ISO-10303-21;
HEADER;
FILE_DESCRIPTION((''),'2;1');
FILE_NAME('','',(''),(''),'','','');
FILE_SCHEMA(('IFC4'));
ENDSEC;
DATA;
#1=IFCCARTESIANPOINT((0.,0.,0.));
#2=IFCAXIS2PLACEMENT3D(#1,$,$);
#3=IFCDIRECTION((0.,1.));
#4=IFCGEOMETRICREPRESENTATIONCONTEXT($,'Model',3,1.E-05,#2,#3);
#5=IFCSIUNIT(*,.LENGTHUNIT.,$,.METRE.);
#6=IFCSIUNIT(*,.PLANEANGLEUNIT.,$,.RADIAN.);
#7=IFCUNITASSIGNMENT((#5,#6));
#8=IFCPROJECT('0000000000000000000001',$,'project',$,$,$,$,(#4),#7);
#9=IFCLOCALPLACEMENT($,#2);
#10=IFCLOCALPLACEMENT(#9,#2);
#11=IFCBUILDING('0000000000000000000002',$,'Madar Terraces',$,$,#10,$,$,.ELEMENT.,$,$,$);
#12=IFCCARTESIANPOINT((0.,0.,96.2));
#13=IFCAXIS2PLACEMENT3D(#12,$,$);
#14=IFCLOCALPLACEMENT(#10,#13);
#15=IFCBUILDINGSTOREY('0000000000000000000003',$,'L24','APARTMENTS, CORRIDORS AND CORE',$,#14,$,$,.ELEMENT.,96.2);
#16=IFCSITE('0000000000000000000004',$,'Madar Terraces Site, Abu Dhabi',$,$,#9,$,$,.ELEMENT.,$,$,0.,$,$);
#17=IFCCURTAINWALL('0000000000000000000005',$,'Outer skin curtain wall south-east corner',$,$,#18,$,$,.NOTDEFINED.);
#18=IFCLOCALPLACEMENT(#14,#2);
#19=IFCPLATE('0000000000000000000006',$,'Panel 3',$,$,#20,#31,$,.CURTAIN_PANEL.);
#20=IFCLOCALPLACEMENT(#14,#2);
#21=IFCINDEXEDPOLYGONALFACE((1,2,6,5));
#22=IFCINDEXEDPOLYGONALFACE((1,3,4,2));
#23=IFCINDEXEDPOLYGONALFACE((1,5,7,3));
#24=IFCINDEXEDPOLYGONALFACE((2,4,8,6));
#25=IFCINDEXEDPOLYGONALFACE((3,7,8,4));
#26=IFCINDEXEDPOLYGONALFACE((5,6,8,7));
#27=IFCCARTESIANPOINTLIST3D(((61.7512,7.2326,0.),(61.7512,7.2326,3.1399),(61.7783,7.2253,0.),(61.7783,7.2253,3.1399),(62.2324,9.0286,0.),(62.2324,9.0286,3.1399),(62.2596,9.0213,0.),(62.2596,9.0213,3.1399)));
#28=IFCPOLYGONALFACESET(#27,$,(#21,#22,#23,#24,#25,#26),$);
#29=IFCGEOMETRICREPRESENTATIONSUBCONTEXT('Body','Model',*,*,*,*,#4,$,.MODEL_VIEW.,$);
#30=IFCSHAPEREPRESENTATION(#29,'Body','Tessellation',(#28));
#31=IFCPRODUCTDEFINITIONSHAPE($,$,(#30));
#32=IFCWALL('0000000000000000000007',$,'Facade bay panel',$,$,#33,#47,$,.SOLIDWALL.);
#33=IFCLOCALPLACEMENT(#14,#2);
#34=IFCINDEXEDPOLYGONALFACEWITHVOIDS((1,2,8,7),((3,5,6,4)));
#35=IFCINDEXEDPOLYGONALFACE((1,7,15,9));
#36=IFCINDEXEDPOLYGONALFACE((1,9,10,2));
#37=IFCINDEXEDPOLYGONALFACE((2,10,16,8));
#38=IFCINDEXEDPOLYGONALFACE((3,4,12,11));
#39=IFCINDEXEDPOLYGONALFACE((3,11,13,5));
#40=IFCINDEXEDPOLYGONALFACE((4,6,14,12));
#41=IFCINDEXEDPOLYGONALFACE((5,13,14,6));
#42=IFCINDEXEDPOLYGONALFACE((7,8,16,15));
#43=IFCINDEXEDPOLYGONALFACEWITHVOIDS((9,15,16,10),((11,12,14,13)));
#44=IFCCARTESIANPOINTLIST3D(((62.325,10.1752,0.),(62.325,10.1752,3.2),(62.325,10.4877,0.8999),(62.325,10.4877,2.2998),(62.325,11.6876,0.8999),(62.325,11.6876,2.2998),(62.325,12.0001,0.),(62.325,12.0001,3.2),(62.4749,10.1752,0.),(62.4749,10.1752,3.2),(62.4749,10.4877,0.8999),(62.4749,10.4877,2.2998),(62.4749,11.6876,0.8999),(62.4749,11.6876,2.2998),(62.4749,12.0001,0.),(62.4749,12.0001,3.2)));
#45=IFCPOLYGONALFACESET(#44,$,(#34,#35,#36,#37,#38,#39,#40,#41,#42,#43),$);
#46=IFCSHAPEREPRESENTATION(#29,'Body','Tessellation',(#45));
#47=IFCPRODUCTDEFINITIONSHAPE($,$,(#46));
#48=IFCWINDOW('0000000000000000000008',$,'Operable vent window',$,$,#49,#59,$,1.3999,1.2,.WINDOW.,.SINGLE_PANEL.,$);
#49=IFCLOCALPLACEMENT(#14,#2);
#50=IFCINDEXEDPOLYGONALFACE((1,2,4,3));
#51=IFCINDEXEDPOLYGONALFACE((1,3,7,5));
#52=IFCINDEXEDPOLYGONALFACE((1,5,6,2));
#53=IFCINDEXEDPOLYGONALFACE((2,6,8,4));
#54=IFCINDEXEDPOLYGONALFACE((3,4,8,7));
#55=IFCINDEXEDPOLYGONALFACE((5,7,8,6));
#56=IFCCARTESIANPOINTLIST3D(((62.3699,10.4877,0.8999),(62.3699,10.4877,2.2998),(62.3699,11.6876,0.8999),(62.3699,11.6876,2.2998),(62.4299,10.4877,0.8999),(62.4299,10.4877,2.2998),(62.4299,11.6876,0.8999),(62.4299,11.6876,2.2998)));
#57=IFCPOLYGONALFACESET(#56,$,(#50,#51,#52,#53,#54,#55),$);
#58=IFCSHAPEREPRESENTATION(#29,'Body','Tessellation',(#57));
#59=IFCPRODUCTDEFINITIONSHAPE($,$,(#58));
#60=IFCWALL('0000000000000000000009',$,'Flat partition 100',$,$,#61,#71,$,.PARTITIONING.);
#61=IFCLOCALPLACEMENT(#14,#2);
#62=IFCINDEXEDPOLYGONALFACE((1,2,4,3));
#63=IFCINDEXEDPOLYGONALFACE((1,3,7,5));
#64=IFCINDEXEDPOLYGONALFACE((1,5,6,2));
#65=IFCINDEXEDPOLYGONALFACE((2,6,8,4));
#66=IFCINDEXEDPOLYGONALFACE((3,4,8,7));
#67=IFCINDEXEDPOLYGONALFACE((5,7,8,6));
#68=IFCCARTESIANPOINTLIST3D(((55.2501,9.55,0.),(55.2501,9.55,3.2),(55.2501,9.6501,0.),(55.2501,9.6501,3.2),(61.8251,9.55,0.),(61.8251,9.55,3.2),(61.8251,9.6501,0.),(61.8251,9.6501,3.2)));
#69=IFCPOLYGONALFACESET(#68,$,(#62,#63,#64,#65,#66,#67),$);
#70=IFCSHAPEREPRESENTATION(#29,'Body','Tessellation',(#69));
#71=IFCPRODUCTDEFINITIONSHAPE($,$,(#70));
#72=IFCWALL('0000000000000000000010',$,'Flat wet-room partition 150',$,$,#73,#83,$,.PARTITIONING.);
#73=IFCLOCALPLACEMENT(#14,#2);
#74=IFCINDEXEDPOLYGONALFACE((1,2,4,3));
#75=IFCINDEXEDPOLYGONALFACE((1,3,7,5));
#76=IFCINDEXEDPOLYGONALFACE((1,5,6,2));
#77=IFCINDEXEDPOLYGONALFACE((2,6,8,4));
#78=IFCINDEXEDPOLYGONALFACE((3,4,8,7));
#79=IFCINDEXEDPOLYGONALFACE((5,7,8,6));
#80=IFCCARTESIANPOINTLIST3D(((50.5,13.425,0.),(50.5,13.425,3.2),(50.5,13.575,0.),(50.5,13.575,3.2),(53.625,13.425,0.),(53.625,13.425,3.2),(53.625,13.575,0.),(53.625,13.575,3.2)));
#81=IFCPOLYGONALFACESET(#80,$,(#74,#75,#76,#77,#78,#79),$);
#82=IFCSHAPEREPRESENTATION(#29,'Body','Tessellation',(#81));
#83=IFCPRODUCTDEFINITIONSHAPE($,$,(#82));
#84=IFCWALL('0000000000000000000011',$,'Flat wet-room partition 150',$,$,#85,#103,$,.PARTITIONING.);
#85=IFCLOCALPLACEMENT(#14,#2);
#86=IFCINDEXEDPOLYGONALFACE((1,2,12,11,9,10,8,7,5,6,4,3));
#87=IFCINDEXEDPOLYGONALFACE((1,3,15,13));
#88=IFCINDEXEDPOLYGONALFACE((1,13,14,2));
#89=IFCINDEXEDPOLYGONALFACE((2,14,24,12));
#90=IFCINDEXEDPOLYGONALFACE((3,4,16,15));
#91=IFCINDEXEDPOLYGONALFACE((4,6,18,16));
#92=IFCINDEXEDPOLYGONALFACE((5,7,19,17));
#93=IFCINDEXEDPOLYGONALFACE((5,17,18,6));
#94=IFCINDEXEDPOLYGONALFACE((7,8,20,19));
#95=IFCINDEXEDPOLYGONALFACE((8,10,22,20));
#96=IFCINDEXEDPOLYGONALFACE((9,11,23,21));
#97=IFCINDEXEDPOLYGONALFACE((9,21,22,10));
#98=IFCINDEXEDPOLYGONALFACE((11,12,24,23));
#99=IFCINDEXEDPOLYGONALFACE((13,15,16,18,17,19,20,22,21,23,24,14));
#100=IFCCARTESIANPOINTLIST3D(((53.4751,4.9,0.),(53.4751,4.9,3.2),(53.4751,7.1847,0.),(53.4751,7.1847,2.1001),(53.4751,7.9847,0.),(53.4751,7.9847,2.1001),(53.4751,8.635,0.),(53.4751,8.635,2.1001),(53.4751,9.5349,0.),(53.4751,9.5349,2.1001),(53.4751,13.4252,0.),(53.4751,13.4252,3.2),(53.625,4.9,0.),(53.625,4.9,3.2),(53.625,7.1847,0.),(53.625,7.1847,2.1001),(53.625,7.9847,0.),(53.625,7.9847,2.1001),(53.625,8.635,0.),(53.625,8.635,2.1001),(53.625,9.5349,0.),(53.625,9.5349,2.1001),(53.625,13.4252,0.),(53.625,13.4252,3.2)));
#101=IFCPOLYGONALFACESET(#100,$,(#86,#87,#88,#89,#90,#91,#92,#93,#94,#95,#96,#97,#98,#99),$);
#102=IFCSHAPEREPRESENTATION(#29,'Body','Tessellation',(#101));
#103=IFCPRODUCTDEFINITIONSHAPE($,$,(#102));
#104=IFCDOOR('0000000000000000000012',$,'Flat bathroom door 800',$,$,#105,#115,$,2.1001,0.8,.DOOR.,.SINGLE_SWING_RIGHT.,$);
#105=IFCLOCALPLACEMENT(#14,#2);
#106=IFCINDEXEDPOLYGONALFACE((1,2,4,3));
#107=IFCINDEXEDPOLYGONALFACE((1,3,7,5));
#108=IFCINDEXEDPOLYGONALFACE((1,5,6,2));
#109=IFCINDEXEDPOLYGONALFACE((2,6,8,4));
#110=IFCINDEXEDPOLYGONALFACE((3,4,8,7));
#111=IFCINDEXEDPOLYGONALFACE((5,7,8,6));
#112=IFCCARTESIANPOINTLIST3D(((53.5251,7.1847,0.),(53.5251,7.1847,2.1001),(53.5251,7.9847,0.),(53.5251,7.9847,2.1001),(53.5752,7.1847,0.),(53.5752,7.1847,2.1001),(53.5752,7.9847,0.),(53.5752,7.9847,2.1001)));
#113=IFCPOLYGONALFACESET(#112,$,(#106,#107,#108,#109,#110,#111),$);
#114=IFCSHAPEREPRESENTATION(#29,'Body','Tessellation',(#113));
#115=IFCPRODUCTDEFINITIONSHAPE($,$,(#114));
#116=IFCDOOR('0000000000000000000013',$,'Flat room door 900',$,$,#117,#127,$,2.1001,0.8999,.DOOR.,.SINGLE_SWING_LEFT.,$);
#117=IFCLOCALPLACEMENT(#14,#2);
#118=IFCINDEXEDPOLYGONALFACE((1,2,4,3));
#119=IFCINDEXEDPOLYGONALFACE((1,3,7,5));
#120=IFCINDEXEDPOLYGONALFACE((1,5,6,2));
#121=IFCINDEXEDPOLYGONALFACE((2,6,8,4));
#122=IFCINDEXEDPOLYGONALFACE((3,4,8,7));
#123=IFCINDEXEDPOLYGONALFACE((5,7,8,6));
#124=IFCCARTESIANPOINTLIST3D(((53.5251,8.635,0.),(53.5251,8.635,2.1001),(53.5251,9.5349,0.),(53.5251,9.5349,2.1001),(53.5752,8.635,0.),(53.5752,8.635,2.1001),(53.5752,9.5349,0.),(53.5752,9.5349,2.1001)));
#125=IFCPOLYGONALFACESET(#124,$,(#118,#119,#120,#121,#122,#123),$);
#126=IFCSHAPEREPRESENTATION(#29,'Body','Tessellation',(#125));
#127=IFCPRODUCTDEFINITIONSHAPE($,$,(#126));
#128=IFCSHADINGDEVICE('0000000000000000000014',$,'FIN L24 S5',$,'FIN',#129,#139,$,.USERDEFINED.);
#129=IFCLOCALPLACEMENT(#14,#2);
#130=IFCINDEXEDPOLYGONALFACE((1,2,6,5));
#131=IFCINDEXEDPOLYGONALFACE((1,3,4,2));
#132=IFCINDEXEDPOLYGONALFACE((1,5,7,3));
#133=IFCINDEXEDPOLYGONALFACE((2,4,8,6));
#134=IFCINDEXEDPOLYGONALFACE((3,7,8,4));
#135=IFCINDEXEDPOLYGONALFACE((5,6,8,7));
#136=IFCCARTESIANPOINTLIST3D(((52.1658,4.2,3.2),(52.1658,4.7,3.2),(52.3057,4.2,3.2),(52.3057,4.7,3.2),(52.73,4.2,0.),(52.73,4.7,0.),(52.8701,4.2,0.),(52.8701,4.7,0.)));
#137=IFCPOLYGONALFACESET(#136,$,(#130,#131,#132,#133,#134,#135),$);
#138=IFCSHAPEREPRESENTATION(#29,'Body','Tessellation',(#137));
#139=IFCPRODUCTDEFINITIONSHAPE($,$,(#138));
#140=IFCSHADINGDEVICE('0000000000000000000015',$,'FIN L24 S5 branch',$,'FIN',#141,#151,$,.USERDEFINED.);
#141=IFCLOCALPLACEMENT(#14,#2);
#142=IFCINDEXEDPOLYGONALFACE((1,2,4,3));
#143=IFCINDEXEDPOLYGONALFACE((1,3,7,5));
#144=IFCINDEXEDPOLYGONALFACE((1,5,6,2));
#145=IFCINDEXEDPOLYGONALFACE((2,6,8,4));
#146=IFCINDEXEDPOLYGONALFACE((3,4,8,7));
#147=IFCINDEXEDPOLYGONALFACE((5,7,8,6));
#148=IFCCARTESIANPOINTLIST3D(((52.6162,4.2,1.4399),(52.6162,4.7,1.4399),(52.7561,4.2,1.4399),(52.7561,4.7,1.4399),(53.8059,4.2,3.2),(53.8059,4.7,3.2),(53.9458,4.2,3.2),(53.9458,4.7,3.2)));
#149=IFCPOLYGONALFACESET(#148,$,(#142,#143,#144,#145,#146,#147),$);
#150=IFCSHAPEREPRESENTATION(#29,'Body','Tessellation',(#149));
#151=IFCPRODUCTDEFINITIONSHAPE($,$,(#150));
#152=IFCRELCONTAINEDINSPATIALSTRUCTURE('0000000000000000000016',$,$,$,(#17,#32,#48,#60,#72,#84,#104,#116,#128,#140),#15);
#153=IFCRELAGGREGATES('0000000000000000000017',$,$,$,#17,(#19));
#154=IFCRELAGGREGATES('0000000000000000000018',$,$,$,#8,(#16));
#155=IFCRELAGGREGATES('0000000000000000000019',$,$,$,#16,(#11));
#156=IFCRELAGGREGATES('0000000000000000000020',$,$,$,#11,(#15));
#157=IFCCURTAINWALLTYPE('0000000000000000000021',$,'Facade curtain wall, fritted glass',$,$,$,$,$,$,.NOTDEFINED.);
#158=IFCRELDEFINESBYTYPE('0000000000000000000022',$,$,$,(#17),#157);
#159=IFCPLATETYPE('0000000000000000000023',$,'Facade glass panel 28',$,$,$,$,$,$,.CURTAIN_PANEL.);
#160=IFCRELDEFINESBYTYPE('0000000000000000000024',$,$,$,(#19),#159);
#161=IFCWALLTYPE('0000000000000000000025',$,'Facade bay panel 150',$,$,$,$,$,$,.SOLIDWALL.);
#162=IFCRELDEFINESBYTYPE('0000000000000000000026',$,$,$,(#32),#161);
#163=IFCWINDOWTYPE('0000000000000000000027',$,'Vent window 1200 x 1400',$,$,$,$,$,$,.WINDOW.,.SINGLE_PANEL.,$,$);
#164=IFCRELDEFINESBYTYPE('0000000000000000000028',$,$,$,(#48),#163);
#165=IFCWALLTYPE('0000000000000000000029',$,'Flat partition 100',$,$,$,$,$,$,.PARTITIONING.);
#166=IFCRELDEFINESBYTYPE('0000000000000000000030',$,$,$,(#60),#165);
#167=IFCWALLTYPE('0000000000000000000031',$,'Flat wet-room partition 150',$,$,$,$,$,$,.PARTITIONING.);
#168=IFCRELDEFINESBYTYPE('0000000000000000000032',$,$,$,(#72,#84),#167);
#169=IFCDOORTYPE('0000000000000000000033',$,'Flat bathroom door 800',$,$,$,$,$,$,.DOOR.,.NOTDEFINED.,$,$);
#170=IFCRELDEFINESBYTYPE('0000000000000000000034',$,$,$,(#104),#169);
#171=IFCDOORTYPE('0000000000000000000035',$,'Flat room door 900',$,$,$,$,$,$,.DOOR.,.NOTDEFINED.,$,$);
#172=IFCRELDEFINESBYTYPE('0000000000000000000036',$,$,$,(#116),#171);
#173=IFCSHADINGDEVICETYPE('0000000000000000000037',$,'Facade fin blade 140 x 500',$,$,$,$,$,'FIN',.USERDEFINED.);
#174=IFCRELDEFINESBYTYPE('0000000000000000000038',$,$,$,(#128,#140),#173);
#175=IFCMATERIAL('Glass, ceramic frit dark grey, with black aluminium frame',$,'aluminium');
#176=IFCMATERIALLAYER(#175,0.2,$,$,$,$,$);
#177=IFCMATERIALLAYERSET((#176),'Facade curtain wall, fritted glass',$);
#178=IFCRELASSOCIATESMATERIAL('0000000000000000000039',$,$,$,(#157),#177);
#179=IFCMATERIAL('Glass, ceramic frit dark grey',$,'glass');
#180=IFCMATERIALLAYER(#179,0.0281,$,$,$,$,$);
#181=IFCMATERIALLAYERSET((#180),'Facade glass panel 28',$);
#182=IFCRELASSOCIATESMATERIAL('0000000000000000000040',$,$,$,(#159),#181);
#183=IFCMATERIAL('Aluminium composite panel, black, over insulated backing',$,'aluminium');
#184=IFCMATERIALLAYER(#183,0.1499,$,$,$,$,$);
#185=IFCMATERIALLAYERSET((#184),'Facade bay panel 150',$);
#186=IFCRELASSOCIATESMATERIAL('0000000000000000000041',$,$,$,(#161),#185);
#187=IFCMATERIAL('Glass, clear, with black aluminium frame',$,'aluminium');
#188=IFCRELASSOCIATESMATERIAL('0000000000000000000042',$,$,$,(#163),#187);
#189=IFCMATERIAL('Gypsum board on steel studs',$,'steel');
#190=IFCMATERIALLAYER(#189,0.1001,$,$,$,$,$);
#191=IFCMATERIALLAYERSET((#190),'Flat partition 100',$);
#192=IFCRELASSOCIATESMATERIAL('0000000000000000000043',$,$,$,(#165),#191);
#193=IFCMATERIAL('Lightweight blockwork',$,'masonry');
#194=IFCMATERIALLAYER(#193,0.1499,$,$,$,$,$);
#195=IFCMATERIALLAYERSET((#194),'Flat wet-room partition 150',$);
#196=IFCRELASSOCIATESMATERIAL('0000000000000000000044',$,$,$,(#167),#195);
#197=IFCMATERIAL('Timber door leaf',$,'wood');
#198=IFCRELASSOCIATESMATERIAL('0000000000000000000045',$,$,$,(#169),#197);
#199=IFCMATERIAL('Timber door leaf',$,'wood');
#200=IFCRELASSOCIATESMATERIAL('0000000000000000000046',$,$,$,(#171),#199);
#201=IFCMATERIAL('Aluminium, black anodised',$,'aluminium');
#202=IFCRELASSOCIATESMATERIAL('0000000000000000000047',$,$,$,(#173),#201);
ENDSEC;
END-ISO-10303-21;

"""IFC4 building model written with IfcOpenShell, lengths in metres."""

from ifc_helpers import new_model, si_unit, direction, frame, frame_2d, origin, origin_2d, place, context, subcontext, project, spatial, polyline, rectangle, outline, extrude, material, layer, layer_set, type_object, element, fill, aggregate, save


model = new_model("IFC4")

# Units and contexts
model_context = context("Model", 3, precision=1e-05, world=origin(), true_north=direction((0.0, 1.0)))
body_context = subcontext(model_context, "Body", "Model", "MODEL_VIEW")
ifc_project = project(units=[si_unit("LENGTHUNIT", "METRE"), si_unit("PLANEANGLEUNIT", "RADIAN")], contexts=[model_context])

# Site, building, storey
site_placement = place(None, origin())
site = spatial("IfcSite", under=ifc_project, at=site_placement, Name="Madar Terraces Site, Abu Dhabi", CompositionType="ELEMENT", RefElevation=0.0)
building_placement = place(site_placement, origin())
building = spatial("IfcBuilding", under=site, at=building_placement, Name="Madar Terraces", CompositionType="ELEMENT")
storey_placement = place(building_placement, frame((0.0, 0.0, 96.2)))
storey = spatial("IfcBuildingStorey", under=building, at=storey_placement, Name="L24", Description="APARTMENTS, CORRIDORS AND CORE", CompositionType="ELEMENT", Elevation=96.2)

# Shared definitions
ifc_material_1 = material(Name="Glass, ceramic frit dark grey, with black aluminium frame", Category="aluminium")
ifc_layer_1 = layer(ifc_material_1, 0.2)
ifc_layer_set_1 = layer_set([ifc_layer_1], Name="Facade curtain wall, fritted glass")
curtain_wall_type = type_object("IfcCurtainWallType", Name="Facade curtain wall, fritted glass", PredefinedType="NOTDEFINED", material=ifc_layer_set_1)

# Curtain wall
curtain_wall_1_placement = place(storey_placement, origin())
curtain_wall_1 = element("IfcCurtainWall", 1, at=curtain_wall_1_placement, inside=storey, type_object=curtain_wall_type, Name="Outer skin curtain wall south-east corner", PredefinedType="NOTDEFINED")

# Plate
ifc_material_2 = material(Name="Glass, ceramic frit dark grey", Category="glass")
ifc_layer_2 = layer(ifc_material_2, 0.0281)
ifc_layer_set_2 = layer_set([ifc_layer_2], Name="Facade glass panel 28")
plate_type = type_object("IfcPlateType", Name="Facade glass panel 28", PredefinedType="CURTAIN_PANEL", material=ifc_layer_set_2)
plate_1_placement = place(storey_placement, frame((62.0054, 8.127, 0.0), z_axis=(0.0, 0.0, 1.0), x_axis=(0.258819, 0.965926, 0.0)))
plate_1 = element("IfcPlate", 2, at=plate_1_placement, type_object=plate_type, Name="Panel 3", PredefinedType="CURTAIN_PANEL", context=body_context, shape_type="SweptSolid", body=[
    extrude(rectangle(XDim=1.8594, YDim=0.0281, at=origin_2d()), origin(), (0.0, 0.0, 1.0), 3.1399),
])
aggregate(curtain_wall_1, [plate_1])

# Wall, opening, window
ifc_material_3 = material(Name="Aluminium composite panel, black, over insulated backing", Category="aluminium")
ifc_layer_3 = layer(ifc_material_3, 0.1499)
ifc_layer_set_3 = layer_set([ifc_layer_3], Name="Facade bay panel 150")
wall_type_1 = type_object("IfcWallType", Name="Facade bay panel 150", PredefinedType="SOLIDWALL", material=ifc_layer_set_3)
wall_1_placement = place(storey_placement, frame((62.3999, 10.175, 0.0), z_axis=(0.0, 0.0, 1.0), x_axis=(0.0, 1.0, 0.0)))
wall_1 = element("IfcWall", 3, at=wall_1_placement, inside=storey, type_object=wall_type_1, Name="Facade bay panel", PredefinedType="SOLIDWALL", context=body_context, shape_type="SweptSolid", body=[
    extrude(rectangle(XDim=1.825, YDim=0.1499, at=frame_2d((0.9126, 0.0))), origin(), (0.0, 0.0, 1.0), 3.2),
])
opening_1_placement = place(wall_1_placement, frame((0.3125, 0.0, 0.8999)))
opening_1 = element("IfcOpeningElement", 4, at=opening_1_placement, cuts=wall_1, PredefinedType="OPENING", context=body_context, shape_type="SweptSolid", body=[
    extrude(rectangle(XDim=1.2, YDim=1.3999, at=frame_2d((0.6001, 0.7))), frame((0.0, 0.085, 0.0), z_axis=(0.0, -1.0, 0.0), x_axis=(1.0, 0.0, 0.0)), (0.0, 0.0, 1.0), 0.1699),
])
ifc_material_4 = material(Name="Glass, clear, with black aluminium frame", Category="aluminium")
window_type = type_object("IfcWindowType", Name="Vent window 1200 x 1400", PartitioningType="SINGLE_PANEL", PredefinedType="WINDOW", material=ifc_material_4)
window_placement = place(opening_1_placement, origin())
window = element("IfcWindow", 5, at=window_placement, inside=storey, type_object=window_type, Name="Operable vent window", OverallHeight=1.3999, OverallWidth=1.2, PartitioningType="SINGLE_PANEL", PredefinedType="WINDOW", context=body_context, shape_type="SweptSolid", body=[
    extrude(rectangle(XDim=1.2, YDim=1.3999, at=frame_2d((0.6001, 0.7))), frame((0.0, 0.03, 0.0), z_axis=(0.0, -1.0, 0.0), x_axis=(1.0, 0.0, 0.0)), (0.0, 0.0, 1.0), 0.0601),
])
fill(opening_1, window)

# Walls
ifc_material_5 = material(Name="Gypsum board on steel studs", Category="steel")
ifc_layer_4 = layer(ifc_material_5, 0.1001)
ifc_layer_set_4 = layer_set([ifc_layer_4], Name="Flat partition 100")
wall_type_2 = type_object("IfcWallType", Name="Flat partition 100", PredefinedType="PARTITIONING", material=ifc_layer_set_4)
wall_2_placement = place(storey_placement, frame((55.25, 9.6001, 0.0), z_axis=(0.0, 0.0, 1.0), x_axis=(1.0, 0.0, 0.0)))
element("IfcWall", 6, at=wall_2_placement, inside=storey, type_object=wall_type_2, Name="Flat partition 100", PredefinedType="PARTITIONING", context=body_context, shape_type="SweptSolid", body=[
    extrude(rectangle(XDim=6.575, YDim=0.1001, at=frame_2d((3.2876, 0.0))), origin(), (0.0, 0.0, 1.0), 3.2),
])
ifc_material_6 = material(Name="Lightweight blockwork", Category="masonry")
ifc_layer_5 = layer(ifc_material_6, 0.1499)
ifc_layer_set_5 = layer_set([ifc_layer_5], Name="Flat wet-room partition 150")
wall_type_3 = type_object("IfcWallType", Name="Flat wet-room partition 150", PredefinedType="PARTITIONING", material=ifc_layer_set_5)
wall_3_placement = place(storey_placement, frame((50.5, 13.5, 0.0), z_axis=(0.0, 0.0, 1.0), x_axis=(1.0, 0.0, 0.0)))
element("IfcWall", 7, at=wall_3_placement, inside=storey, type_object=wall_type_3, Name="Flat wet-room partition 150", PredefinedType="PARTITIONING", context=body_context, shape_type="SweptSolid", body=[
    extrude(rectangle(XDim=3.125, YDim=0.1499, at=frame_2d((1.5625, 0.0))), origin(), (0.0, 0.0, 1.0), 3.2),
])

# Wall, openings, doors
wall_4_placement = place(storey_placement, frame((53.55, 4.8999, 0.0), z_axis=(0.0, 0.0, 1.0), x_axis=(0.0, 1.0, 0.0)))
wall_4 = element("IfcWall", 8, at=wall_4_placement, inside=storey, type_object=wall_type_3, Name="Flat wet-room partition 150", PredefinedType="PARTITIONING", context=body_context, shape_type="SweptSolid", body=[
    extrude(rectangle(XDim=8.5251, YDim=0.1499, at=frame_2d((4.2627, 0.0))), origin(), (0.0, 0.0, 1.0), 3.2),
])
opening_2_placement = place(wall_4_placement, frame((3.7351, 0.0, 0.0)))
opening_2 = element("IfcOpeningElement", 9, at=opening_2_placement, cuts=wall_4, PredefinedType="OPENING", context=body_context, shape_type="SweptSolid", body=[
    extrude(rectangle(XDim=0.8999, YDim=2.1001, at=frame_2d((0.45, 1.05))), frame((0.0, 0.085, 0.0), z_axis=(0.0, -1.0, 0.0), x_axis=(1.0, 0.0, 0.0)), (0.0, 0.0, 1.0), 0.1699),
])
opening_3_placement = place(wall_4_placement, frame((2.2849, 0.0, 0.0)))
opening_3 = element("IfcOpeningElement", 10, at=opening_3_placement, cuts=wall_4, PredefinedType="OPENING", context=body_context, shape_type="SweptSolid", body=[
    extrude(rectangle(XDim=0.8, YDim=2.1001, at=frame_2d((0.3999, 1.05))), frame((0.0, 0.085, 0.0), z_axis=(0.0, -1.0, 0.0), x_axis=(1.0, 0.0, 0.0)), (0.0, 0.0, 1.0), 0.1699),
])
ifc_material_7 = material(Name="Timber door leaf", Category="wood")
door_type_1 = type_object("IfcDoorType", Name="Flat bathroom door 800", OperationType="NOTDEFINED", PredefinedType="DOOR", material=ifc_material_7)
door_1_placement = place(opening_3_placement, origin())
door_1 = element("IfcDoor", 11, at=door_1_placement, inside=storey, type_object=door_type_1, Name="Flat bathroom door 800", OperationType="SINGLE_SWING_RIGHT", OverallHeight=2.1001, OverallWidth=0.8, PredefinedType="DOOR", context=body_context, shape_type="SweptSolid", body=[
    extrude(rectangle(XDim=0.8, YDim=2.1001, at=frame_2d((0.3999, 1.05))), frame((0.0, 0.0249, 0.0), z_axis=(0.0, -1.0, 0.0), x_axis=(1.0, 0.0, 0.0)), (0.0, 0.0, 1.0), 0.05),
])
fill(opening_3, door_1)
ifc_material_8 = material(Name="Timber door leaf", Category="wood")
door_type_2 = type_object("IfcDoorType", Name="Flat room door 900", OperationType="NOTDEFINED", PredefinedType="DOOR", material=ifc_material_8)
door_2_placement = place(opening_2_placement, origin())
door_2 = element("IfcDoor", 12, at=door_2_placement, inside=storey, type_object=door_type_2, Name="Flat room door 900", OperationType="SINGLE_SWING_LEFT", OverallHeight=2.1001, OverallWidth=0.8999, PredefinedType="DOOR", context=body_context, shape_type="SweptSolid", body=[
    extrude(rectangle(XDim=0.8999, YDim=2.1001, at=frame_2d((0.45, 1.05))), frame((0.0, 0.0249, 0.0), z_axis=(0.0, -1.0, 0.0), x_axis=(1.0, 0.0, 0.0)), (0.0, 0.0, 1.0), 0.05),
])
fill(opening_2, door_2)

# Shading devices
ifc_material_9 = material(Name="Aluminium, black anodised", Category="aluminium")
shading_device_type = type_object("IfcShadingDeviceType", Name="Facade fin blade 140 x 500", ElementType="FIN", PredefinedType="USERDEFINED", material=ifc_material_9)
shading_device_1_placement = place(storey_placement, frame((52.73, 4.45, 0.0), z_axis=(0.0, 0.0, 1.0), x_axis=(1.0, 0.0, 0.0)))
element("IfcShadingDevice", 13, at=shading_device_1_placement, inside=storey, type_object=shading_device_type, Name="FIN L24 S5", ObjectType="FIN", PredefinedType="USERDEFINED", context=body_context, shape_type="SweptSolid", body=[
    extrude(outline(polyline([(0.0, 0.0), (0.1401, 0.0), (-0.4243, 3.2), (-0.5642, 3.2), (0.0, 0.0)])), frame((0.0, 0.25, 0.0), z_axis=(0.0, -1.0, 0.0), x_axis=(1.0, 0.0, 0.0)), (0.0, 0.0, 1.0), 0.5),
])
shading_device_2_placement = place(storey_placement, frame((52.6162, 4.45, 1.4399), z_axis=(0.0, 0.0, 1.0), x_axis=(1.0, 0.0, 0.0)))
element("IfcShadingDevice", 14, at=shading_device_2_placement, inside=storey, type_object=shading_device_type, Name="FIN L24 S5 branch", ObjectType="FIN", PredefinedType="USERDEFINED", context=body_context, shape_type="SweptSolid", body=[
    extrude(outline(polyline([(0.0, 0.0), (0.1399, 0.0), (1.3296, 1.76), (1.1897, 1.76), (0.0, 0.0)])), frame((0.0, 0.25, 0.0), z_axis=(0.0, -1.0, 0.0), x_axis=(1.0, 0.0, 0.0)), (0.0, 0.0, 1.0), 0.5),
])

save(model, "model.ifc")
